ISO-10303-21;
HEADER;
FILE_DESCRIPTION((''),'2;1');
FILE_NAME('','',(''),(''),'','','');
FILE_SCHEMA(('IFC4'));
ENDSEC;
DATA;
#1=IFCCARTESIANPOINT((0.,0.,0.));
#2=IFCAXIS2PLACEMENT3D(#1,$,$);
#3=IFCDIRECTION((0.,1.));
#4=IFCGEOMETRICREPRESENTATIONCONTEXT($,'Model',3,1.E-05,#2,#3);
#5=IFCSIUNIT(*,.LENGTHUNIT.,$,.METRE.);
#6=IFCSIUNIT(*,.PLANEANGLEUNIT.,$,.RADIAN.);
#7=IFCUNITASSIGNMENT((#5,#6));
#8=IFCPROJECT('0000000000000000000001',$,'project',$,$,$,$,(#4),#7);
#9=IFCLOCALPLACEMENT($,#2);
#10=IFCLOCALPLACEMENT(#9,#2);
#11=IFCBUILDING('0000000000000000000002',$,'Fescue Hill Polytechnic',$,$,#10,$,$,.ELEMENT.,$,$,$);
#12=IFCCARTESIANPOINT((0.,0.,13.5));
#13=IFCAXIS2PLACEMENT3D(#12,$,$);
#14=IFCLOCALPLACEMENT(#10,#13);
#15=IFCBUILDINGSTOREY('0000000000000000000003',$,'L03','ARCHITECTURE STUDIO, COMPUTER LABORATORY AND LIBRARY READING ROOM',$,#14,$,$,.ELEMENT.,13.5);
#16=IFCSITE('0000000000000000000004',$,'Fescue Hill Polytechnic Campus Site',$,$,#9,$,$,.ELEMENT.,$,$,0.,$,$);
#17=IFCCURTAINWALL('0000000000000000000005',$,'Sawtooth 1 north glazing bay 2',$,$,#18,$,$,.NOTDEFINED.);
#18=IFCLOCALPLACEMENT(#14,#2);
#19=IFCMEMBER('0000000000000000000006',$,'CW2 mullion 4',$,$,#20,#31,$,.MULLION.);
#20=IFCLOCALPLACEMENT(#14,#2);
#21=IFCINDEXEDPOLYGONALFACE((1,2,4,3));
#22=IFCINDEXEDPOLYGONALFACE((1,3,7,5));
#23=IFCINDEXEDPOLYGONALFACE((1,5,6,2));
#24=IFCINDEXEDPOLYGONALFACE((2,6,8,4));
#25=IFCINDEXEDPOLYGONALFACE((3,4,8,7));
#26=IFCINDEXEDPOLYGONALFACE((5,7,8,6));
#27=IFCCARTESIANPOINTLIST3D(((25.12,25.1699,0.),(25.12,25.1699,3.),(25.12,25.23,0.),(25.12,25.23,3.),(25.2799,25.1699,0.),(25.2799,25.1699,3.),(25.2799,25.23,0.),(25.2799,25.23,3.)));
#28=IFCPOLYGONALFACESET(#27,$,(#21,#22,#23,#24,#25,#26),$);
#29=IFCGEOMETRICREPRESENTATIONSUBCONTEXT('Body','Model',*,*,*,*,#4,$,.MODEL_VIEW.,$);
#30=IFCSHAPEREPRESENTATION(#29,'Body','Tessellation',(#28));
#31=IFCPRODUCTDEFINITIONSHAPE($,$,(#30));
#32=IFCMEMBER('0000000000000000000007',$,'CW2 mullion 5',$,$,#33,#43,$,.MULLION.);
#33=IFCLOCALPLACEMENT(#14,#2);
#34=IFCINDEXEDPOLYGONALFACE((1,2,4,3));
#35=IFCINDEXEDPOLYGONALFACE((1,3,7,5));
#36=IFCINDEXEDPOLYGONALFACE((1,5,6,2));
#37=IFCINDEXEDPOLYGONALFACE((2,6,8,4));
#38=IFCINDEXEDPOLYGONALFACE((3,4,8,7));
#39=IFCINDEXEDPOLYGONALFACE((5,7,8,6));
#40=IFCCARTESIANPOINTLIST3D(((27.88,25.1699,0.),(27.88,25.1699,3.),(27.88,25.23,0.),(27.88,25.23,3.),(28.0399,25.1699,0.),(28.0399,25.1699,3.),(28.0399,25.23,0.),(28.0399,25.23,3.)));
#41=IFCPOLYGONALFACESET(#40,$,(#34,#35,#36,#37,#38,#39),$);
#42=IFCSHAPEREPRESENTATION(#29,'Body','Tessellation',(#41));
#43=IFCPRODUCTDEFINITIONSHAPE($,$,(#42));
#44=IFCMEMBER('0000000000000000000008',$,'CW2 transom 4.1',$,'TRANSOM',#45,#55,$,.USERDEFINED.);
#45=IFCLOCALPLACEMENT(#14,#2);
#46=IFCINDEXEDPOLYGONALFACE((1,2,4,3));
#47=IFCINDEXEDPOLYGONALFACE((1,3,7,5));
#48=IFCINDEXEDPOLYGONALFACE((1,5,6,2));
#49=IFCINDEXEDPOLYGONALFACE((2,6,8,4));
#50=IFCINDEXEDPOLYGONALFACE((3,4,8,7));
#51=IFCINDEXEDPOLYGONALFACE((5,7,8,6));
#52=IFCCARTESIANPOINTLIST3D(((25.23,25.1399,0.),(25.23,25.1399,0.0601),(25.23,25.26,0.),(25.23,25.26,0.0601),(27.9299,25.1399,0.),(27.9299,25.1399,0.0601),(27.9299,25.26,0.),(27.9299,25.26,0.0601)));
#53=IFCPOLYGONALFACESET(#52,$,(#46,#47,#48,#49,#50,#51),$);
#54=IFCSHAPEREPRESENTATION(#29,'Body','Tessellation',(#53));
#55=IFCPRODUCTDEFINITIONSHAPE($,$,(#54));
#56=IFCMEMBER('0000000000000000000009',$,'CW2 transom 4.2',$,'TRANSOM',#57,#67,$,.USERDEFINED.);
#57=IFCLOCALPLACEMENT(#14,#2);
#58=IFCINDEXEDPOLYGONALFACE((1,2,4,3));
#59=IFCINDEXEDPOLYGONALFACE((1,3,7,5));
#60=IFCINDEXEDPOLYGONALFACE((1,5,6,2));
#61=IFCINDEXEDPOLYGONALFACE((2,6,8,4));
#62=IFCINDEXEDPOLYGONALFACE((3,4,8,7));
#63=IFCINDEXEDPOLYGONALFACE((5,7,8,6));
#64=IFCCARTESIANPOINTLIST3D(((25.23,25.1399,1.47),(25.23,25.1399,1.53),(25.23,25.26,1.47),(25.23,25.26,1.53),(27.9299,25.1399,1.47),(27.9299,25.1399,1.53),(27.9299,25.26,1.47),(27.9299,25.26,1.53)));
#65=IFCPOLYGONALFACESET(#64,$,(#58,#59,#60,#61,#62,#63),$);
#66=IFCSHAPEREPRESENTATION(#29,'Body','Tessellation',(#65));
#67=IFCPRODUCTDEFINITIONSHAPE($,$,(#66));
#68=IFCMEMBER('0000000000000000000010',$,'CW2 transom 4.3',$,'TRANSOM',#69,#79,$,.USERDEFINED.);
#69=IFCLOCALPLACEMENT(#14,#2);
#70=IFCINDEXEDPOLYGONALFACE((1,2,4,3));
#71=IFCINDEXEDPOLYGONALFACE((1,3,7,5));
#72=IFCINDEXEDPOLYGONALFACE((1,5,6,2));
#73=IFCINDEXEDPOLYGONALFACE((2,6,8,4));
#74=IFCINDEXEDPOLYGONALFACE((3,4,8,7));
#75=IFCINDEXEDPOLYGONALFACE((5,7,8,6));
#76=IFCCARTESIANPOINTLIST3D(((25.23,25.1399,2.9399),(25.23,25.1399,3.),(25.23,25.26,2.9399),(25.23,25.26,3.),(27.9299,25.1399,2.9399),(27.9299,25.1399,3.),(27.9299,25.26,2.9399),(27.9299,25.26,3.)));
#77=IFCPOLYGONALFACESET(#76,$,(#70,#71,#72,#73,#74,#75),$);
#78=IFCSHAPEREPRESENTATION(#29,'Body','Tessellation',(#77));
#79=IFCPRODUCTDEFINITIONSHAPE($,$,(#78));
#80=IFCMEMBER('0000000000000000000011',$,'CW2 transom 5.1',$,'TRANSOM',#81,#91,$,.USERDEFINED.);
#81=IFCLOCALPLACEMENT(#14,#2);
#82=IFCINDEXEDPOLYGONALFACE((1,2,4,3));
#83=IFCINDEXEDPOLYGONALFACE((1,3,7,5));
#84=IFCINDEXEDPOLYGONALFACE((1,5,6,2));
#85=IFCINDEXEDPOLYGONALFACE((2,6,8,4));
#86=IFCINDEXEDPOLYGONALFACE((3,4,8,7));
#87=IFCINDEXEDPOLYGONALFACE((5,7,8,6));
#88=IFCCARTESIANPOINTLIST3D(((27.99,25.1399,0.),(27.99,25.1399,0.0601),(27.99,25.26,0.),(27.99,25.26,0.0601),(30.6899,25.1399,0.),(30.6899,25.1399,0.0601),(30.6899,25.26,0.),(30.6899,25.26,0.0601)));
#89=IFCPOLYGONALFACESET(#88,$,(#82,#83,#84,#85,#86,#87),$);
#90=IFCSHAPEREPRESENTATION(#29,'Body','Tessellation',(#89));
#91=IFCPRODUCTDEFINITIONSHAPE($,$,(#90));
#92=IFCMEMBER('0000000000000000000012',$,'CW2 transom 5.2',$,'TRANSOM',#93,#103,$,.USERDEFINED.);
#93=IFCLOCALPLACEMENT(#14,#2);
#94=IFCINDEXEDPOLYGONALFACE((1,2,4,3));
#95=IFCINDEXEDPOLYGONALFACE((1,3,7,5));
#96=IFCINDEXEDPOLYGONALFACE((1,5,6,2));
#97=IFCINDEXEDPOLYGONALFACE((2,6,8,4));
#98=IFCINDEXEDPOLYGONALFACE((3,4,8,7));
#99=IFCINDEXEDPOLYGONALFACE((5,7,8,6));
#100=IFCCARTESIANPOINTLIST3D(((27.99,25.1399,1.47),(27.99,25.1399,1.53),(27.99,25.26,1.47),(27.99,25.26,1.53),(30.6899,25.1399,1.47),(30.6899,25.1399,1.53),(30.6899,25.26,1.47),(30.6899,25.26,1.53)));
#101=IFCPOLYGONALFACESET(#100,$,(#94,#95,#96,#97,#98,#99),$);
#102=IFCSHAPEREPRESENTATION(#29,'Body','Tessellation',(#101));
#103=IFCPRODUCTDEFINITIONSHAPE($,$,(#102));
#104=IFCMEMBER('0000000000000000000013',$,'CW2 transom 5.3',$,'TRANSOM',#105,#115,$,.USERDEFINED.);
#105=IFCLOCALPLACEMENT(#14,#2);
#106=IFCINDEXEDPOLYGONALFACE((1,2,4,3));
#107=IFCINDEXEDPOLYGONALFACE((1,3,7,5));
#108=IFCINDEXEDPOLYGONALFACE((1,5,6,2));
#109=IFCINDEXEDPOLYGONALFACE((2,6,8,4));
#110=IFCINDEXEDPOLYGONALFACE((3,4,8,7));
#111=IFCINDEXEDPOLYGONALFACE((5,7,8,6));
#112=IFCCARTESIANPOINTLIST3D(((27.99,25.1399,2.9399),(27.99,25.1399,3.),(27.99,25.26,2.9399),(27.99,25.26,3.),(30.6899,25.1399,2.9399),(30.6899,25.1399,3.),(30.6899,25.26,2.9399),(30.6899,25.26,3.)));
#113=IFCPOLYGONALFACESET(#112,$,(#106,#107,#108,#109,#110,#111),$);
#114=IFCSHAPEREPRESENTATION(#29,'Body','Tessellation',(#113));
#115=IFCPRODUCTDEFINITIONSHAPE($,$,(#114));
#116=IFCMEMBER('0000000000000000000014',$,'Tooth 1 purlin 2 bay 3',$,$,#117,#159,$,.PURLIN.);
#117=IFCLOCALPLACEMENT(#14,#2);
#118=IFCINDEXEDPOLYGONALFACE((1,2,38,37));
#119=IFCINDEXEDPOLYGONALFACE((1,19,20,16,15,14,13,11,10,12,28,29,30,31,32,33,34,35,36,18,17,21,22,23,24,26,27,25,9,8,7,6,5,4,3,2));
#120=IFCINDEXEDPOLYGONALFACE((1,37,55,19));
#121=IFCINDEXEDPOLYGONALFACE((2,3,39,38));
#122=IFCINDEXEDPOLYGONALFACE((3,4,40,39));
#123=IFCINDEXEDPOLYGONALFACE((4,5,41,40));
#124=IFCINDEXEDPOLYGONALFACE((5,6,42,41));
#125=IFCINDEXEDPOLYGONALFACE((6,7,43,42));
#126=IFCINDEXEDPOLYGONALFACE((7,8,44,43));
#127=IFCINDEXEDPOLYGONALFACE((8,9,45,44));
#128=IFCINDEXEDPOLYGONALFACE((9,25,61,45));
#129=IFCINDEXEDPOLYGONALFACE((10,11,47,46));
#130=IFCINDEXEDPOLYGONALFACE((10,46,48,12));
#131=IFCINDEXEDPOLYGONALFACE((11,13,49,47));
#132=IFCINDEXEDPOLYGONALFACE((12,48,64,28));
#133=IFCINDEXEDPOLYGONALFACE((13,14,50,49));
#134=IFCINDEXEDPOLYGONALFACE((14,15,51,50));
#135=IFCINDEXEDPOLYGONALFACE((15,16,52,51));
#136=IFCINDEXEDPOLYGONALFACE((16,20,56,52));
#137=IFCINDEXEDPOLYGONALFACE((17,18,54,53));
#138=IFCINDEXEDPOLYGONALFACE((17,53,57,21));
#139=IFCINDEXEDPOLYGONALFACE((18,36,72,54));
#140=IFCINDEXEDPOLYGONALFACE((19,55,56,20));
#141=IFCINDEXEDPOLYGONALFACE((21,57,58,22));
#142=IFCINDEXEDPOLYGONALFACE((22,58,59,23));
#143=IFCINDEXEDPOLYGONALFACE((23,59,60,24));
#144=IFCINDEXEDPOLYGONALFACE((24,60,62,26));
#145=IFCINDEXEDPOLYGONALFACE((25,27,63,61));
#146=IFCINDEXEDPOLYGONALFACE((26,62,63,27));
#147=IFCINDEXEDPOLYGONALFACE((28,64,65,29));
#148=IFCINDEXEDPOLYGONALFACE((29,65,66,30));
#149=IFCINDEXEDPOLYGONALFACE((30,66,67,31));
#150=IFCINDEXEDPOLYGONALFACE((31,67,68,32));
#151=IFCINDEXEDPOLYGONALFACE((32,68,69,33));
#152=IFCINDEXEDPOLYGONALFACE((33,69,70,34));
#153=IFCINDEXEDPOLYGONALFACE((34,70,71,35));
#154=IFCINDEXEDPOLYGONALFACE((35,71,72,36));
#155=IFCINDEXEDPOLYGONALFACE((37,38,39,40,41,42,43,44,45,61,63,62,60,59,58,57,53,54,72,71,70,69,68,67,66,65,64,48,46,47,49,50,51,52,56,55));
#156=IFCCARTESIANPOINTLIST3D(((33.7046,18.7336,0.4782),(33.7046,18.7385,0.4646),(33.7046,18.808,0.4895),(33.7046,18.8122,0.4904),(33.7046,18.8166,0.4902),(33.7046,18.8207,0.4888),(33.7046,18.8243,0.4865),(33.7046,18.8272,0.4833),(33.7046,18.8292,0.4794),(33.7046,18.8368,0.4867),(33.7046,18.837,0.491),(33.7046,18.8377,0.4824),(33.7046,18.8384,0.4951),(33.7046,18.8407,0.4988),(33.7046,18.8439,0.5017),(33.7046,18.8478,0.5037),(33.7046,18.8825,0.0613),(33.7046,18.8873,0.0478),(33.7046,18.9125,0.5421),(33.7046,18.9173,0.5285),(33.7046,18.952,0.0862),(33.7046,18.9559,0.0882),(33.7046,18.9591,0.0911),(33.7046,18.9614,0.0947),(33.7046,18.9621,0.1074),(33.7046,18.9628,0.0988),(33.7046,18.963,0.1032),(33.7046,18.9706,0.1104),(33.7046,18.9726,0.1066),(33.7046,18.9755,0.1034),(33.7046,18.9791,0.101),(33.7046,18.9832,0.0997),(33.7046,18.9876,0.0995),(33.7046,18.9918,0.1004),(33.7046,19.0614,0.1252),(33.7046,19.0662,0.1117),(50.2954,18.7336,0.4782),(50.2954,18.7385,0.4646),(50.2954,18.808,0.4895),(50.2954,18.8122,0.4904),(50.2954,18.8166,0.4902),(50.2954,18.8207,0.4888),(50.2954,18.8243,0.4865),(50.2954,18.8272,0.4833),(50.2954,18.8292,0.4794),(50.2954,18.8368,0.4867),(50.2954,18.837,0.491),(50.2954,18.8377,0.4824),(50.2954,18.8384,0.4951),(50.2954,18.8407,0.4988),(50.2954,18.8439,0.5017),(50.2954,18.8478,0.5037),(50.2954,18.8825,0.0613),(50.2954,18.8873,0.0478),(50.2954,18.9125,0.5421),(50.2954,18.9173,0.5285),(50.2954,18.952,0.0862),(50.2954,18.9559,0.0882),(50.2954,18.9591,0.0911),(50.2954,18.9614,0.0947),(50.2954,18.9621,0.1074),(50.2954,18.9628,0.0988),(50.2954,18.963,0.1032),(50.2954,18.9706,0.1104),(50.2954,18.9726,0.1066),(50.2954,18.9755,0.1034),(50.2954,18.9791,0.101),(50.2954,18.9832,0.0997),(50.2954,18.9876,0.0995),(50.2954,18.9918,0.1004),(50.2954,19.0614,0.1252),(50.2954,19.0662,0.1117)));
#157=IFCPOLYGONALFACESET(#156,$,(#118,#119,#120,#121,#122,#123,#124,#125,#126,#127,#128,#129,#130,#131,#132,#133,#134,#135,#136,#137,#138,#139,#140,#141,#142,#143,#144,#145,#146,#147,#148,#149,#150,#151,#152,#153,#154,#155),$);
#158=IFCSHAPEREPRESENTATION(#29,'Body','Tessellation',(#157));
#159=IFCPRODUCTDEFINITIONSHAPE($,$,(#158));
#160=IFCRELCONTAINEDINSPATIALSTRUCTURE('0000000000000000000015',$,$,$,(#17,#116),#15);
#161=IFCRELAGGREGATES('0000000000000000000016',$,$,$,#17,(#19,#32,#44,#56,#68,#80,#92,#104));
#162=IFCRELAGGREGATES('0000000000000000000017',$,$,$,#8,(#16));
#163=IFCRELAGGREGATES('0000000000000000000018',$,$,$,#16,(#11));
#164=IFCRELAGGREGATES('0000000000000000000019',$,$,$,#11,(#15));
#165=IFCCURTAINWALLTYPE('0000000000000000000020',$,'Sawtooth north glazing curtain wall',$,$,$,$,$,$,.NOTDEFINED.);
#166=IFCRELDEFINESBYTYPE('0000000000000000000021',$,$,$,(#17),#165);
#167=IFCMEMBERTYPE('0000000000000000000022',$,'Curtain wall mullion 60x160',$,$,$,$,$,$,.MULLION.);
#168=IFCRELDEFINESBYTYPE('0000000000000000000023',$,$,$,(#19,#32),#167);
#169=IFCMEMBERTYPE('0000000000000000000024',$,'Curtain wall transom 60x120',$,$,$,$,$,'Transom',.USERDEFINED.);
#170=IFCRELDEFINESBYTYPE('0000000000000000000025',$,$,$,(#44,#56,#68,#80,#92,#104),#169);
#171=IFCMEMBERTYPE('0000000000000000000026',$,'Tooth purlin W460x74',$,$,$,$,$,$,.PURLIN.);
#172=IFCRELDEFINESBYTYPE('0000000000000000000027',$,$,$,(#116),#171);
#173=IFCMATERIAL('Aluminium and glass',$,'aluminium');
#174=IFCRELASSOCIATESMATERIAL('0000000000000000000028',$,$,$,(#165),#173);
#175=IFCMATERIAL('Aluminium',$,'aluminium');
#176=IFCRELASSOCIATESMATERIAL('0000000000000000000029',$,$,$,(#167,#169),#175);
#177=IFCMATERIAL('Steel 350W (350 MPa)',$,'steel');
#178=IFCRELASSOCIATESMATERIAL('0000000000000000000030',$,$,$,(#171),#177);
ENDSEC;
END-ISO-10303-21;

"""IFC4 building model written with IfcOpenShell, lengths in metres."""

from ifc_helpers import new_model, si_unit, direction, frame, origin, origin_2d, place, context, subcontext, project, spatial, rectangle, i_section, extrude, material, material_profile, profile_set, type_object, element, aggregate, save


model = new_model("IFC4")

# Units and contexts
model_context = context("Model", 3, precision=1e-05, world=origin(), true_north=direction((0.0, 1.0)))
body_context = subcontext(model_context, "Body", "Model", "MODEL_VIEW")
ifc_project = project(units=[si_unit("LENGTHUNIT", "METRE"), si_unit("PLANEANGLEUNIT", "RADIAN")], contexts=[model_context])

# Site, building, storey
site_placement = place(None, origin())
site = spatial("IfcSite", under=ifc_project, at=site_placement, Name="Fescue Hill Polytechnic Campus Site", CompositionType="ELEMENT", RefElevation=0.0)
building_placement = place(site_placement, origin())
building = spatial("IfcBuilding", under=site, at=building_placement, Name="Fescue Hill Polytechnic", CompositionType="ELEMENT")
storey_placement = place(building_placement, frame((0.0, 0.0, 13.5)))
storey = spatial("IfcBuildingStorey", under=building, at=storey_placement, Name="L03", Description="ARCHITECTURE STUDIO, COMPUTER LABORATORY AND LIBRARY READING ROOM", CompositionType="ELEMENT", Elevation=13.5)

# Curtain wall, members
ifc_material_1 = material(Name="Aluminium and glass", Category="aluminium")
curtain_wall_type = type_object("IfcCurtainWallType", Name="Sawtooth north glazing curtain wall", PredefinedType="NOTDEFINED", material=ifc_material_1)
curtain_wall_placement = place(storey_placement, origin())
curtain_wall = element("IfcCurtainWall", 1, at=curtain_wall_placement, inside=storey, type_object=curtain_wall_type, Name="Sawtooth 1 north glazing bay 2", PredefinedType="NOTDEFINED")
ifc_material_2 = material(Name="Aluminium", Category="aluminium")
ifc_material_profile_1 = material_profile(ifc_material_2, rectangle(XDim=0.0601, YDim=0.1599, at=origin_2d()), Name="Curtain wall mullion 60x160")
ifc_profile_set_1 = profile_set([ifc_material_profile_1], Name="Aluminium")
member_type_1 = type_object("IfcMemberType", Name="Curtain wall mullion 60x160", PredefinedType="MULLION", material=ifc_profile_set_1)
member_1_placement = place(storey_placement, frame((25.2, 25.2, 0.0), z_axis=(0.0, 0.0, 1.0), x_axis=(0.0, 1.0, 0.0)))
member_1 = element("IfcMember", 2, at=member_1_placement, type_object=member_type_1, Name="CW2 mullion 4", PredefinedType="MULLION", context=body_context, shape_type="SweptSolid", body=[
    extrude(rectangle(XDim=0.0601, YDim=0.1599, at=origin_2d()), origin(), (0.0, 0.0, 1.0), 3.0),
])
member_2_placement = place(storey_placement, frame((27.96, 25.2, 0.0), z_axis=(0.0, 0.0, 1.0), x_axis=(0.0, 1.0, 0.0)))
member_2 = element("IfcMember", 3, at=member_2_placement, type_object=member_type_1, Name="CW2 mullion 5", PredefinedType="MULLION", context=body_context, shape_type="SweptSolid", body=[
    extrude(rectangle(XDim=0.0601, YDim=0.1599, at=origin_2d()), origin(), (0.0, 0.0, 1.0), 3.0),
])
ifc_material_profile_2 = material_profile(ifc_material_2, rectangle(XDim=0.1201, YDim=0.0601, at=origin_2d()), Name="Curtain wall transom 60x120")
ifc_profile_set_2 = profile_set([ifc_material_profile_2], Name="Aluminium")
member_type_2 = type_object("IfcMemberType", Name="Curtain wall transom 60x120", ElementType="Transom", PredefinedType="USERDEFINED", material=ifc_profile_set_2)
member_3_placement = place(storey_placement, frame((25.23, 25.2, 0.03), z_axis=(1.0, 0.0, 0.0), x_axis=(0.0, 1.0, 0.0)))
member_3 = element("IfcMember", 4, at=member_3_placement, type_object=member_type_2, Name="CW2 transom 4.1", ObjectType="TRANSOM", PredefinedType="USERDEFINED", context=body_context, shape_type="SweptSolid", body=[
    extrude(rectangle(XDim=0.1201, YDim=0.0601, at=origin_2d()), origin(), (0.0, 0.0, 1.0), 2.7),
])
member_4_placement = place(storey_placement, frame((25.23, 25.2, 1.5), z_axis=(1.0, 0.0, 0.0), x_axis=(0.0, 1.0, 0.0)))
member_4 = element("IfcMember", 5, at=member_4_placement, type_object=member_type_2, Name="CW2 transom 4.2", ObjectType="TRANSOM", PredefinedType="USERDEFINED", context=body_context, shape_type="SweptSolid", body=[
    extrude(rectangle(XDim=0.1201, YDim=0.0601, at=origin_2d()), origin(), (0.0, 0.0, 1.0), 2.7),
])
member_5_placement = place(storey_placement, frame((25.23, 25.2, 2.97), z_axis=(1.0, 0.0, 0.0), x_axis=(0.0, 1.0, 0.0)))
member_5 = element("IfcMember", 6, at=member_5_placement, type_object=member_type_2, Name="CW2 transom 4.3", ObjectType="TRANSOM", PredefinedType="USERDEFINED", context=body_context, shape_type="SweptSolid", body=[
    extrude(rectangle(XDim=0.1201, YDim=0.0601, at=origin_2d()), origin(), (0.0, 0.0, 1.0), 2.7),
])
member_6_placement = place(storey_placement, frame((27.99, 25.2, 0.03), z_axis=(1.0, 0.0, 0.0), x_axis=(0.0, 1.0, 0.0)))
member_6 = element("IfcMember", 7, at=member_6_placement, type_object=member_type_2, Name="CW2 transom 5.1", ObjectType="TRANSOM", PredefinedType="USERDEFINED", context=body_context, shape_type="SweptSolid", body=[
    extrude(rectangle(XDim=0.1201, YDim=0.0601, at=origin_2d()), origin(), (0.0, 0.0, 1.0), 2.7),
])
member_7_placement = place(storey_placement, frame((27.99, 25.2, 1.5), z_axis=(1.0, 0.0, 0.0), x_axis=(0.0, 1.0, 0.0)))
member_7 = element("IfcMember", 8, at=member_7_placement, type_object=member_type_2, Name="CW2 transom 5.2", ObjectType="TRANSOM", PredefinedType="USERDEFINED", context=body_context, shape_type="SweptSolid", body=[
    extrude(rectangle(XDim=0.1201, YDim=0.0601, at=origin_2d()), origin(), (0.0, 0.0, 1.0), 2.7),
])
member_8_placement = place(storey_placement, frame((27.99, 25.2, 2.97), z_axis=(1.0, 0.0, 0.0), x_axis=(0.0, 1.0, 0.0)))
member_8 = element("IfcMember", 9, at=member_8_placement, type_object=member_type_2, Name="CW2 transom 5.3", ObjectType="TRANSOM", PredefinedType="USERDEFINED", context=body_context, shape_type="SweptSolid", body=[
    extrude(rectangle(XDim=0.1201, YDim=0.0601, at=origin_2d()), origin(), (0.0, 0.0, 1.0), 2.7),
])

# Member
ifc_material_3 = material(Name="Steel 350W (350 MPa)", Category="steel")
ifc_material_profile_3 = material_profile(ifc_material_3, i_section(OverallWidth=0.1899, OverallDepth=0.457, WebThickness=0.009, FlangeThickness=0.0144, FilletRadius=0.0166, at=origin_2d()), Name="W460x74")
ifc_profile_set_3 = profile_set([ifc_material_profile_3], Name="Steel 350W (350 MPa)")
member_type_3 = type_object("IfcMemberType", Name="Tooth purlin W460x74", PredefinedType="PURLIN", material=ifc_profile_set_3)
for number, where, z_axis, x_axis, name in (
    (10, (33.7046, 18.8999, 0.2949), (1.0, 0.0, 0.0), (0.0, 0.941742, 0.336336), "Tooth 1 purlin 2 bay 3"),
):
    element("IfcMember", number, at=place(storey_placement, frame(where, z_axis=z_axis, x_axis=x_axis)), inside=storey, type_object=member_type_3, Name=name, PredefinedType="PURLIN", context=body_context, shape_type="SweptSolid", body=[
        extrude(i_section(OverallWidth=0.1899, OverallDepth=0.457, WebThickness=0.009, FlangeThickness=0.0144, FilletRadius=0.0166, at=origin_2d()), origin(), (0.0, 0.0, 1.0), 16.5908),
    ])

aggregate(curtain_wall, [member_1, member_2, member_3, member_4, member_5, member_6, member_7, member_8])

save(model, "model.ifc")
